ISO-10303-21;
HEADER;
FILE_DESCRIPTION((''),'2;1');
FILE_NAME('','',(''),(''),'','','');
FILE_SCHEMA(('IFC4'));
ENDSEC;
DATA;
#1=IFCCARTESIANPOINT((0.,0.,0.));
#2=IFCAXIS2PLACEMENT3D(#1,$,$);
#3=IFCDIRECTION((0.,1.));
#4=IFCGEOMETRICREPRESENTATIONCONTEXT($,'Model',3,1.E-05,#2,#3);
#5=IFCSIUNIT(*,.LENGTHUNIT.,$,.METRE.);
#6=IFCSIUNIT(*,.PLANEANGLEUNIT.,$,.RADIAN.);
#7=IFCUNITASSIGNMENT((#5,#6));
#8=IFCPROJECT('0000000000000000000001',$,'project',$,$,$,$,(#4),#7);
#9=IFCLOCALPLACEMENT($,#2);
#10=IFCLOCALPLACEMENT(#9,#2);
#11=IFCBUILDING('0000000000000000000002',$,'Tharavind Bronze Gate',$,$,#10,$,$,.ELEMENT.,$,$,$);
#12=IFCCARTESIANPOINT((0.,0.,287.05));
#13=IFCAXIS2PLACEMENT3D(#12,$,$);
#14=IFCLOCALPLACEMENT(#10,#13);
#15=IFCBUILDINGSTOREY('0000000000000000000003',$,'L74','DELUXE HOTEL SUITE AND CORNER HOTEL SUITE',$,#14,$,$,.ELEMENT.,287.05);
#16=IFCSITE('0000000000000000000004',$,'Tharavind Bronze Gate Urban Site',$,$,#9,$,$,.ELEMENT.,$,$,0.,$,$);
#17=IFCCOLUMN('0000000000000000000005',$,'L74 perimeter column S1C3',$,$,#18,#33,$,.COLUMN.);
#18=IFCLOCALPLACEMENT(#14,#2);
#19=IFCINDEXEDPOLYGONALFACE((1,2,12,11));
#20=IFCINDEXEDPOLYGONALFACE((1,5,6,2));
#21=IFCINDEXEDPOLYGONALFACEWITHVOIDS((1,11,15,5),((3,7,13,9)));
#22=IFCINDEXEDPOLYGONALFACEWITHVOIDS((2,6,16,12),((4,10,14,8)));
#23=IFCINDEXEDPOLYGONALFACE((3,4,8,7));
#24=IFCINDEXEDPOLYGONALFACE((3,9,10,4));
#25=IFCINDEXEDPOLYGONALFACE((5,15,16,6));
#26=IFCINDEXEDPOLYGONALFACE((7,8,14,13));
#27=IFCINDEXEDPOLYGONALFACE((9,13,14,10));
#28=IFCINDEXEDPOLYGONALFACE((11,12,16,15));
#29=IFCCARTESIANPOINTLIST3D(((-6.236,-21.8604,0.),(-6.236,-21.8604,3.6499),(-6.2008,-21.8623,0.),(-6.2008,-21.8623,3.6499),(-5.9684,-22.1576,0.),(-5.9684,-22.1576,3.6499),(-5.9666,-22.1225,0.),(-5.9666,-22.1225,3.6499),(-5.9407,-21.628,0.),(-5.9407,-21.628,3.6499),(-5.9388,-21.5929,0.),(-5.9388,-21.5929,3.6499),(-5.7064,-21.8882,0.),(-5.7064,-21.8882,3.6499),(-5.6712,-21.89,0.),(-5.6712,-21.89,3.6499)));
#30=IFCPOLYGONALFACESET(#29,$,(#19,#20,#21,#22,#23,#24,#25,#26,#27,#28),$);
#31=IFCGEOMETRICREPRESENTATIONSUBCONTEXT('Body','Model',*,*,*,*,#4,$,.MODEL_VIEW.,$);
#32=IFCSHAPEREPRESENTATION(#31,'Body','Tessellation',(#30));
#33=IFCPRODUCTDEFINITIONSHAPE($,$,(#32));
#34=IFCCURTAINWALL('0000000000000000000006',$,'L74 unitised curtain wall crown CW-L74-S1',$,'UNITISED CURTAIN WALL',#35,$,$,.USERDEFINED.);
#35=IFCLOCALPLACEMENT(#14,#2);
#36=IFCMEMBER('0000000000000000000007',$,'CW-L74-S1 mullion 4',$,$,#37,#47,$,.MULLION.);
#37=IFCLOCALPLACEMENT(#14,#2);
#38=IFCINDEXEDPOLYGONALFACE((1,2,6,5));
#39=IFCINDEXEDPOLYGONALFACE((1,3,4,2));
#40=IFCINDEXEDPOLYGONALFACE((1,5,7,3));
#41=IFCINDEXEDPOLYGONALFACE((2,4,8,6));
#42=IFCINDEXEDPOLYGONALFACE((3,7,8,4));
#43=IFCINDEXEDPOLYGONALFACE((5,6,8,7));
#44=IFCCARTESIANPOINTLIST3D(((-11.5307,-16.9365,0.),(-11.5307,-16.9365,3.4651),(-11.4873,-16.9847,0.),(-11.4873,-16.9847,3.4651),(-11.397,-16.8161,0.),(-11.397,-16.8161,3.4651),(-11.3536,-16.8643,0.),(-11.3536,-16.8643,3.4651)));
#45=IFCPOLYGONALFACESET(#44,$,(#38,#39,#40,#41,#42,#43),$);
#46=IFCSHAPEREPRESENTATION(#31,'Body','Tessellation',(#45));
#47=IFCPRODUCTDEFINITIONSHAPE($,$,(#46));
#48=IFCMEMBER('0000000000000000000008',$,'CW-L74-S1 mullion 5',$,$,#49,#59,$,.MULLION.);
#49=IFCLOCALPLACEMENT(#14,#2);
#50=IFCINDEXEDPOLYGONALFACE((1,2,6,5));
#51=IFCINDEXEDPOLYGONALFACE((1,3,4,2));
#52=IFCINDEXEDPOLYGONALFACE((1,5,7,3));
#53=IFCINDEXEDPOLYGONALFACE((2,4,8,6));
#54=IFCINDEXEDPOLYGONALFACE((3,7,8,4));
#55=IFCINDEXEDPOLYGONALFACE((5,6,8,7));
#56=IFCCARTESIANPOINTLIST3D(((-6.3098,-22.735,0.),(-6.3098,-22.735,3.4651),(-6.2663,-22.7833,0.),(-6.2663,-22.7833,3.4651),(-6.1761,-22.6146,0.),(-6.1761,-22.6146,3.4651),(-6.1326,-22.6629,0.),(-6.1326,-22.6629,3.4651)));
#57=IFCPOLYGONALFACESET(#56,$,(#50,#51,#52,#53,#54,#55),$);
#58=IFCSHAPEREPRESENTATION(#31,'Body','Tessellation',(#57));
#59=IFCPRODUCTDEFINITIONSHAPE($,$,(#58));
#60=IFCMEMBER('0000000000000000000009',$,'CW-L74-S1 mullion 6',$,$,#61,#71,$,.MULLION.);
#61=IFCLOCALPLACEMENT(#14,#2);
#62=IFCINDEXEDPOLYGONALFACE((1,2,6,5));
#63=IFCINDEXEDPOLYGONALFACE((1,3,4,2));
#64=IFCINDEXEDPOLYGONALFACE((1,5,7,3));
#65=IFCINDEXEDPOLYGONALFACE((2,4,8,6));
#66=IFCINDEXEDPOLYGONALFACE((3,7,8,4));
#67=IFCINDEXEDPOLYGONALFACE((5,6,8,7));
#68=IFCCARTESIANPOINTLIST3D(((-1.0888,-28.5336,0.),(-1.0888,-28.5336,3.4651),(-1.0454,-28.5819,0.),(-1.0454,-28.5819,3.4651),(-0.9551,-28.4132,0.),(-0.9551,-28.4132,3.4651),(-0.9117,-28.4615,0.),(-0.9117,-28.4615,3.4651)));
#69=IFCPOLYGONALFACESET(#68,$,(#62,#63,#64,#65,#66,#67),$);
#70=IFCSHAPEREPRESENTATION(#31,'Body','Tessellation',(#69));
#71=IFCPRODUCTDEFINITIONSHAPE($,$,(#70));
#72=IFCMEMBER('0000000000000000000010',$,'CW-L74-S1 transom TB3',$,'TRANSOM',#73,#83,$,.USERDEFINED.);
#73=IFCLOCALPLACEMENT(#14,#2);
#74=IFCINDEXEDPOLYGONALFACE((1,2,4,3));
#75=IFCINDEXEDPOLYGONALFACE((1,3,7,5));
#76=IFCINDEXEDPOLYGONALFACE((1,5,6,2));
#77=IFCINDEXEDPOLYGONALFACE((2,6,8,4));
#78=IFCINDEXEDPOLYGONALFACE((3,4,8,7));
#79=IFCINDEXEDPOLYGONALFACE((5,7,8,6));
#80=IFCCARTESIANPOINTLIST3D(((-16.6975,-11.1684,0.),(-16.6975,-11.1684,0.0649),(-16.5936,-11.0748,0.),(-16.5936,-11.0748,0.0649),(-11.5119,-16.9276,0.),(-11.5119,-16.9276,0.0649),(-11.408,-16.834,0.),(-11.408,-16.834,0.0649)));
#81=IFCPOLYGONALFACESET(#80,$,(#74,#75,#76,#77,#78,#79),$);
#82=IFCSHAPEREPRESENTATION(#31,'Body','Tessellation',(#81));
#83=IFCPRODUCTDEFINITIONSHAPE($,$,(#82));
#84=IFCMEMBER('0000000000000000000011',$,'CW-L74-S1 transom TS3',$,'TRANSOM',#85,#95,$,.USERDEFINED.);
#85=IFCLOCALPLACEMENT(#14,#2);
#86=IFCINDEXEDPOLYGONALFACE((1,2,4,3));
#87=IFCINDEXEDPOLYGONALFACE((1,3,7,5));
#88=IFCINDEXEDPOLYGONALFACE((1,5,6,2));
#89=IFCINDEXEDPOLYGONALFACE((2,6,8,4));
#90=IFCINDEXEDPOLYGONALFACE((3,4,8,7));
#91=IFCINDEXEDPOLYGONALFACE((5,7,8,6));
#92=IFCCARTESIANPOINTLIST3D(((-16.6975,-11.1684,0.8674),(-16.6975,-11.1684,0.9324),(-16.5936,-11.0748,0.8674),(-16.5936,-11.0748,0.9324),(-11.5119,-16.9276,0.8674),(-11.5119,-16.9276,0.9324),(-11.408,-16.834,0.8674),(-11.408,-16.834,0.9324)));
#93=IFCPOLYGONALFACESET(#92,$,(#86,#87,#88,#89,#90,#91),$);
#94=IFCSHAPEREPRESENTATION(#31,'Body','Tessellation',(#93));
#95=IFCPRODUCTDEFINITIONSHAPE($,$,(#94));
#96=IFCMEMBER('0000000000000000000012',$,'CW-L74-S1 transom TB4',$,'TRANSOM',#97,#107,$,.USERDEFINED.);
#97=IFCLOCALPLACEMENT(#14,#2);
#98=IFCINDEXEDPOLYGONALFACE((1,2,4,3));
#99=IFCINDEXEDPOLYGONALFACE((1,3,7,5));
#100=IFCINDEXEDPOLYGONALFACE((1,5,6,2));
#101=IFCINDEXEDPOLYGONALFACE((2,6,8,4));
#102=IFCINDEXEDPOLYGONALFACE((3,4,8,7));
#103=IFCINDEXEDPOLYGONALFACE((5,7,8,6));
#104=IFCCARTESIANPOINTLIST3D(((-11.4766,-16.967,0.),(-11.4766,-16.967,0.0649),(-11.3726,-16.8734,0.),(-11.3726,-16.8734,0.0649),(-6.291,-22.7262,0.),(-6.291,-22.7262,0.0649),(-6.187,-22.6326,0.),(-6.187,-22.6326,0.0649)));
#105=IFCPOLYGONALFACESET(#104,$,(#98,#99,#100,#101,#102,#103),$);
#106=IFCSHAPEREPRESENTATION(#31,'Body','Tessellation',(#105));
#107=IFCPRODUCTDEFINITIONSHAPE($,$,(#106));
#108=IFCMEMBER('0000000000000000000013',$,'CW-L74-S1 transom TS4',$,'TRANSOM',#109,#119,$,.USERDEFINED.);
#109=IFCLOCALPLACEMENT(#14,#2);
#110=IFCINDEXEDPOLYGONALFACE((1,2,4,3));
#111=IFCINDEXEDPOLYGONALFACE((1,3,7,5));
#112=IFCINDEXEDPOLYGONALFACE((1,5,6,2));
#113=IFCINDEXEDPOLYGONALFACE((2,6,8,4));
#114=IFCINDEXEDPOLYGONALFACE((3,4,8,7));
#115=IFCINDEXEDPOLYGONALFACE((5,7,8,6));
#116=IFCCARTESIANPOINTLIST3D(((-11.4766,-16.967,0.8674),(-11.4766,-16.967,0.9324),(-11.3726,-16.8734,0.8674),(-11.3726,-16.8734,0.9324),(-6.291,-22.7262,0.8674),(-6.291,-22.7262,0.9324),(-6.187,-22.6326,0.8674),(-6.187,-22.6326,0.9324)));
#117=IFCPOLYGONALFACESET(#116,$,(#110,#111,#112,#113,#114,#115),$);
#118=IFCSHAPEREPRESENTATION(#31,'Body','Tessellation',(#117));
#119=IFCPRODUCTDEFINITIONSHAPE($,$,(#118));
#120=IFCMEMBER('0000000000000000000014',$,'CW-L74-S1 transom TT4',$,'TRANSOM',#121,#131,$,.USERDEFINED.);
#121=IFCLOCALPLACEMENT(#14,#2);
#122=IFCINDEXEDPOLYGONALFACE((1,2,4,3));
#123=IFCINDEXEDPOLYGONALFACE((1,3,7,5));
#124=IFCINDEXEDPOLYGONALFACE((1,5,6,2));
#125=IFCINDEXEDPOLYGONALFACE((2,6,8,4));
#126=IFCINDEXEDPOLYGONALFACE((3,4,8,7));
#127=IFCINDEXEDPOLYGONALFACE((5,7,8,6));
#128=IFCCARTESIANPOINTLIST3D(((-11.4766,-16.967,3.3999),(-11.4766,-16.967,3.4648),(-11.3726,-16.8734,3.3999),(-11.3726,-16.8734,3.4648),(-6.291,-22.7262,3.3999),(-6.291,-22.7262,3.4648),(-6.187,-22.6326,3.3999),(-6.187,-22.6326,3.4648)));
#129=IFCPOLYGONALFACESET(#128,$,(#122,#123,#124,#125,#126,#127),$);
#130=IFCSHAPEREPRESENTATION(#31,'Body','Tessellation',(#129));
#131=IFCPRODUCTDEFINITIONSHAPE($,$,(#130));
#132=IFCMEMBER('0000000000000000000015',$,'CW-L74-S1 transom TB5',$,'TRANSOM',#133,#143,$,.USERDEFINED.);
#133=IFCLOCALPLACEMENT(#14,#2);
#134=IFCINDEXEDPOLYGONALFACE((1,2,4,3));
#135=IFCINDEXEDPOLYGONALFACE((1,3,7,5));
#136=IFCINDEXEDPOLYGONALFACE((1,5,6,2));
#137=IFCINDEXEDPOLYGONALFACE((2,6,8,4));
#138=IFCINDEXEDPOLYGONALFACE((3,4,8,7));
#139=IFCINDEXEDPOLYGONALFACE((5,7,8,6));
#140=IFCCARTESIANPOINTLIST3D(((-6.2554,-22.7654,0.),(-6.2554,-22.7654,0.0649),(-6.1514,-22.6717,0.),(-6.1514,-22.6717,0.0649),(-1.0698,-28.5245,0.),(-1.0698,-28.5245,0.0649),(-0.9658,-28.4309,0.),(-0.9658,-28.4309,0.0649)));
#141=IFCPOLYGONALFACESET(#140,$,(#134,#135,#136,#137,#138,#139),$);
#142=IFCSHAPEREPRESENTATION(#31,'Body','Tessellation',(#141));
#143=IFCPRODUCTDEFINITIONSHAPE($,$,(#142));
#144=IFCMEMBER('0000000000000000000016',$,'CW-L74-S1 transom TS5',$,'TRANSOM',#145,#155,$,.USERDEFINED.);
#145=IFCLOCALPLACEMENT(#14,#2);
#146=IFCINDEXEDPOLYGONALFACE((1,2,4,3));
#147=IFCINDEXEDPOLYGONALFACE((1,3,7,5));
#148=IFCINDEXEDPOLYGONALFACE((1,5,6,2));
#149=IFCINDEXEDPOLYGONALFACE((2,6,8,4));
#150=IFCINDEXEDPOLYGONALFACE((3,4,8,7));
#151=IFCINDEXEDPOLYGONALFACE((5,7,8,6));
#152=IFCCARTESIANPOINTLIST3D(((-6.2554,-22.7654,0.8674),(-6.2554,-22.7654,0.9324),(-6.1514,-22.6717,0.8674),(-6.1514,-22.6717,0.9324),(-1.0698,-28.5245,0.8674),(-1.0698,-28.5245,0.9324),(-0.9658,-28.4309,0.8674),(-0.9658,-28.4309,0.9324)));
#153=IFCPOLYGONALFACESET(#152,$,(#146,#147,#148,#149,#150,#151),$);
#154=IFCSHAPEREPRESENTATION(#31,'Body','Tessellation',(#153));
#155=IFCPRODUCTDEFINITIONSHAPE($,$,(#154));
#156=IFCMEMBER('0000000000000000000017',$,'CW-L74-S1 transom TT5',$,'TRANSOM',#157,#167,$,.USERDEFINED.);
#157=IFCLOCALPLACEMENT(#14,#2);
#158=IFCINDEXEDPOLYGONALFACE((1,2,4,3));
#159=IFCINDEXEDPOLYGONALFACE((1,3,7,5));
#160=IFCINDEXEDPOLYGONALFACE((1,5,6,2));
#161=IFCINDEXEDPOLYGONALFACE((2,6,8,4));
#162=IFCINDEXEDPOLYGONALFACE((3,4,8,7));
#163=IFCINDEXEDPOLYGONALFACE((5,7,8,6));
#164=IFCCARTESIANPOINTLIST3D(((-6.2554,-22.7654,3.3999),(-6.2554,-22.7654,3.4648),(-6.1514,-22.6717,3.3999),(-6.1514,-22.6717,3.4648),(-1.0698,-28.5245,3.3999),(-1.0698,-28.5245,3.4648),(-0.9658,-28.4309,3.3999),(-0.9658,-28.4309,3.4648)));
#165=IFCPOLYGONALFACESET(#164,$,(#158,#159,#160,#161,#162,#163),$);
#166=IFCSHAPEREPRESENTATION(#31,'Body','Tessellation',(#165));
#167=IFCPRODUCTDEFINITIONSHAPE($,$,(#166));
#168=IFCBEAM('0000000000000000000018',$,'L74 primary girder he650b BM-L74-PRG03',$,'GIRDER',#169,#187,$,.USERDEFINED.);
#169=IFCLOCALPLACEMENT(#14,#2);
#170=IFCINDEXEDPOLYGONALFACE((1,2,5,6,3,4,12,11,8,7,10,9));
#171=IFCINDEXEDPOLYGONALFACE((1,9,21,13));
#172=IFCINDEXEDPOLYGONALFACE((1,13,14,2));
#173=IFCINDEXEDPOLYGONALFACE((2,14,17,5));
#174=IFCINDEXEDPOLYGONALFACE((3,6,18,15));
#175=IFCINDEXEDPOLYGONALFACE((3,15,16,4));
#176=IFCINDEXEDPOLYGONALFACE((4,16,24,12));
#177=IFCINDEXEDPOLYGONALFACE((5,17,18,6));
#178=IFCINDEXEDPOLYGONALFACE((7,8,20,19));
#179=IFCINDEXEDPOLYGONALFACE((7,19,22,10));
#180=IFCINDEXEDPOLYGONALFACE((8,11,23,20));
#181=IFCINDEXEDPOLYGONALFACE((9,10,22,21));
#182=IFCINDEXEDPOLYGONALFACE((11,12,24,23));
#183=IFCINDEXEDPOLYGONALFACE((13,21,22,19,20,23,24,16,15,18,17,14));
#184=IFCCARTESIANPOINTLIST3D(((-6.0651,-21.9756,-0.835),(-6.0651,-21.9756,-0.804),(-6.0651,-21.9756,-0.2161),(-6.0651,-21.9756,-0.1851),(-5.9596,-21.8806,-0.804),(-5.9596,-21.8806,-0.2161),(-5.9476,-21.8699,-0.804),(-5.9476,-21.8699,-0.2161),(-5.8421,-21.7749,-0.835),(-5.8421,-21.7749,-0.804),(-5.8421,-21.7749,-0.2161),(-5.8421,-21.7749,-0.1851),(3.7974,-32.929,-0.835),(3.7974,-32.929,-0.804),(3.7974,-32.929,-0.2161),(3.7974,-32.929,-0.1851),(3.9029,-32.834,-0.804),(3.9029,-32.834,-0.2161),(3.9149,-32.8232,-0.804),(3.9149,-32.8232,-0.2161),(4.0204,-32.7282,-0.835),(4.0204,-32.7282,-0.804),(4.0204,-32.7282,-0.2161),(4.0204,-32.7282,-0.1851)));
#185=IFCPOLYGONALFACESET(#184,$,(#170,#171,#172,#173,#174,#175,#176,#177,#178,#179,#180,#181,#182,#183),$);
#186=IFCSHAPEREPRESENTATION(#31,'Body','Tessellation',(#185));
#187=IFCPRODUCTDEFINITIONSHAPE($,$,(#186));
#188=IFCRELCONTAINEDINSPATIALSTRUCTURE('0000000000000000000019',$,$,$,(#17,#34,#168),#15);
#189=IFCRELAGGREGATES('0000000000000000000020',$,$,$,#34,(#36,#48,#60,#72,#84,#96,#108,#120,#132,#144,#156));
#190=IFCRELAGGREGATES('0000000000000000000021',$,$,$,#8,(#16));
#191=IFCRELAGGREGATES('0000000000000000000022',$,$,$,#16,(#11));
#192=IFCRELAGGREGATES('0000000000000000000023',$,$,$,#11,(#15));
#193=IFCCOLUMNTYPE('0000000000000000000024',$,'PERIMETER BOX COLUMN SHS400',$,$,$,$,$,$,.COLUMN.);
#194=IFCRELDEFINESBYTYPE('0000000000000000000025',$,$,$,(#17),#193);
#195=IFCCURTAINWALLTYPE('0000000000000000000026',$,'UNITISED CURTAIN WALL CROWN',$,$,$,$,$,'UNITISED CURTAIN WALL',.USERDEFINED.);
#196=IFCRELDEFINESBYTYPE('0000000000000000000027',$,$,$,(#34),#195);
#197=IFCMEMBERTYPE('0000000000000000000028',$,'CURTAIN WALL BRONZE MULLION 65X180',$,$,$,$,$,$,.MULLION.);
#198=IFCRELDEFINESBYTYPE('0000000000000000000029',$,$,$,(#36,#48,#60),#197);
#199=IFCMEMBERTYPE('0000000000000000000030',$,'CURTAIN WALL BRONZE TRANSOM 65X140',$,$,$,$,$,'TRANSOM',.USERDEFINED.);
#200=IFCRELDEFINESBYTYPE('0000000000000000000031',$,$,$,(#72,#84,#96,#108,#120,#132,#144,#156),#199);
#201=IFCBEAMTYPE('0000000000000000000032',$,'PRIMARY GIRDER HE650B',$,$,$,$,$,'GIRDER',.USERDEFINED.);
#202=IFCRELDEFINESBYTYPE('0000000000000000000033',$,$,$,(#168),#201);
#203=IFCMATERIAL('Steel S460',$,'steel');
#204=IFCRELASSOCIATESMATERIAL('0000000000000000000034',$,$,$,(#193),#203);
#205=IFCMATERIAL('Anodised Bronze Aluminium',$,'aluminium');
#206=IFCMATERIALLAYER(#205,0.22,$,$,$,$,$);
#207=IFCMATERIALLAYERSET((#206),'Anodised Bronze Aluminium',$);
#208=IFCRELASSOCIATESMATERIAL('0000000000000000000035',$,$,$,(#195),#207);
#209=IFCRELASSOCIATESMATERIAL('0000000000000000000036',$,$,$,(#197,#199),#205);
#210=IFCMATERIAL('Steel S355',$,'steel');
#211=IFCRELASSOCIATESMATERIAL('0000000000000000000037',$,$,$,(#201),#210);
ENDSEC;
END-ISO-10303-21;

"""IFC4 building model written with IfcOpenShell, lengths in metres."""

from ifc_helpers import new_model, si_unit, direction, frame, origin, origin_2d, place, context, subcontext, project, spatial, rectangle, hollow_rectangle, i_section, extrude, material, layer, layer_set, material_profile, profile_set, type_object, element, aggregate, save


model = new_model("IFC4")

# Units and contexts
model_context = context("Model", 3, precision=1e-05, world=origin(), true_north=direction((0.0, 1.0)))
body_context = subcontext(model_context, "Body", "Model", "MODEL_VIEW")
ifc_project = project(units=[si_unit("LENGTHUNIT", "METRE"), si_unit("PLANEANGLEUNIT", "RADIAN")], contexts=[model_context])

# Site, building, storey
site_placement = place(None, origin())
site = spatial("IfcSite", under=ifc_project, at=site_placement, Name="Tharavind Bronze Gate Urban Site", CompositionType="ELEMENT", RefElevation=0.0)
building_placement = place(site_placement, origin())
building = spatial("IfcBuilding", under=site, at=building_placement, Name="Tharavind Bronze Gate", CompositionType="ELEMENT")
storey_placement = place(building_placement, frame((0.0, 0.0, 287.05)))
storey = spatial("IfcBuildingStorey", under=building, at=storey_placement, Name="L74", Description="DELUXE HOTEL SUITE AND CORNER HOTEL SUITE", CompositionType="ELEMENT", Elevation=287.05)

# Column
ifc_material_1 = material(Name="Steel S460", Category="steel")
ifc_material_profile_1 = material_profile(ifc_material_1, hollow_rectangle(XDim=0.3999, YDim=0.3999, WallThickness=0.0249, at=origin_2d()), Name="SHS400X25")
ifc_profile_set_1 = profile_set([ifc_material_profile_1], Name="Steel S460")
column_type = type_object("IfcColumnType", Name="PERIMETER BOX COLUMN SHS400", PredefinedType="COLUMN", material=ifc_profile_set_1)
column_placement = place(storey_placement, frame((-5.9536, -21.8752, 0.0), z_axis=(0.0, 0.0, 1.0), x_axis=(-0.669131, 0.743145, 0.0)))
element("IfcColumn", 1, at=column_placement, inside=storey, type_object=column_type, Name="L74 perimeter column S1C3", PredefinedType="COLUMN", context=body_context, shape_type="SweptSolid", body=[
    extrude(hollow_rectangle(XDim=0.3999, YDim=0.3999, WallThickness=0.0249, at=origin_2d()), origin(), (0.0, 0.0, 1.0), 3.6499),
])

# Curtain wall, members
ifc_material_2 = material(Name="Anodised Bronze Aluminium", Category="aluminium")
ifc_layer_1 = layer(ifc_material_2, 0.22)
ifc_layer_set_1 = layer_set([ifc_layer_1], Name="Anodised Bronze Aluminium")
curtain_wall_type = type_object("IfcCurtainWallType", Name="UNITISED CURTAIN WALL CROWN", ElementType="UNITISED CURTAIN WALL", PredefinedType="USERDEFINED", material=ifc_layer_set_1)
curtain_wall_placement = place(storey_placement, origin())
curtain_wall = element("IfcCurtainWall", 2, at=curtain_wall_placement, inside=storey, type_object=curtain_wall_type, Name="L74 unitised curtain wall crown CW-L74-S1", ObjectType="UNITISED CURTAIN WALL", PredefinedType="USERDEFINED")
member_type_1 = type_object("IfcMemberType", Name="CURTAIN WALL BRONZE MULLION 65X180", PredefinedType="MULLION", material=ifc_material_2)
member_1_placement = place(storey_placement, frame((-11.4421, -16.9004, 0.0), z_axis=(0.0, 0.0, 1.0), x_axis=(0.669131, -0.743145, 0.0)))
member_1 = element("IfcMember", 3, at=member_1_placement, type_object=member_type_1, Name="CW-L74-S1 mullion 4", PredefinedType="MULLION", context=body_context, shape_type="SweptSolid", body=[
    extrude(rectangle(XDim=0.0649, YDim=0.1799, at=origin_2d()), origin(), (0.0, 0.0, 1.0), 3.4651),
])
member_2_placement = place(storey_placement, frame((-6.2212, -22.699, 0.0), z_axis=(0.0, 0.0, 1.0), x_axis=(0.669131, -0.743145, 0.0)))
member_2 = element("IfcMember", 4, at=member_2_placement, type_object=member_type_1, Name="CW-L74-S1 mullion 5", PredefinedType="MULLION", context=body_context, shape_type="SweptSolid", body=[
    extrude(rectangle(XDim=0.0649, YDim=0.1799, at=origin_2d()), origin(), (0.0, 0.0, 1.0), 3.4651),
])
member_3_placement = place(storey_placement, frame((-1.0002, -28.4976, 0.0), z_axis=(0.0, 0.0, 1.0), x_axis=(0.669131, -0.743145, 0.0)))
member_3 = element("IfcMember", 5, at=member_3_placement, type_object=member_type_1, Name="CW-L74-S1 mullion 6", PredefinedType="MULLION", context=body_context, shape_type="SweptSolid", body=[
    extrude(rectangle(XDim=0.0649, YDim=0.1799, at=origin_2d()), origin(), (0.0, 0.0, 1.0), 3.4651),
])
member_type_2 = type_object("IfcMemberType", Name="CURTAIN WALL BRONZE TRANSOM 65X140", ElementType="TRANSOM", PredefinedType="USERDEFINED", material=ifc_material_2)
member_4_placement = place(storey_placement, frame((-14.0527, -14.0012, 0.0), z_axis=(0.0, 0.0, 1.0), x_axis=(0.669131, -0.743145, 0.0)))
member_4 = element("IfcMember", 6, at=member_4_placement, type_object=member_type_2, Name="CW-L74-S1 transom TB3", ObjectType="TRANSOM", PredefinedType="USERDEFINED", context=body_context, shape_type="SweptSolid", body=[
    extrude(rectangle(XDim=7.7498, YDim=0.1399, at=origin_2d()), origin(), (0.0, 0.0, 1.0), 0.0649),
])
member_5_placement = place(storey_placement, frame((-14.0527, -14.0012, 0.8674), z_axis=(0.0, 0.0, 1.0), x_axis=(0.669131, -0.743145, 0.0)))
member_5 = element("IfcMember", 7, at=member_5_placement, type_object=member_type_2, Name="CW-L74-S1 transom TS3", ObjectType="TRANSOM", PredefinedType="USERDEFINED", context=body_context, shape_type="SweptSolid", body=[
    extrude(rectangle(XDim=7.7498, YDim=0.1399, at=origin_2d()), origin(), (0.0, 0.0, 1.0), 0.0649),
])
member_6_placement = place(storey_placement, frame((-8.8318, -19.7998, 0.0), z_axis=(0.0, 0.0, 1.0), x_axis=(0.669131, -0.743145, 0.0)))
member_6 = element("IfcMember", 8, at=member_6_placement, type_object=member_type_2, Name="CW-L74-S1 transom TB4", ObjectType="TRANSOM", PredefinedType="USERDEFINED", context=body_context, shape_type="SweptSolid", body=[
    extrude(rectangle(XDim=7.7498, YDim=0.1399, at=origin_2d()), origin(), (0.0, 0.0, 1.0), 0.0649),
])
member_7_placement = place(storey_placement, frame((-8.8318, -19.7998, 0.8674), z_axis=(0.0, 0.0, 1.0), x_axis=(0.669131, -0.743145, 0.0)))
member_7 = element("IfcMember", 9, at=member_7_placement, type_object=member_type_2, Name="CW-L74-S1 transom TS4", ObjectType="TRANSOM", PredefinedType="USERDEFINED", context=body_context, shape_type="SweptSolid", body=[
    extrude(rectangle(XDim=7.7498, YDim=0.1399, at=origin_2d()), origin(), (0.0, 0.0, 1.0), 0.0649),
])
member_8_placement = place(storey_placement, frame((-8.8318, -19.7998, 3.3999), z_axis=(0.0, 0.0, 1.0), x_axis=(0.669131, -0.743145, 0.0)))
member_8 = element("IfcMember", 10, at=member_8_placement, type_object=member_type_2, Name="CW-L74-S1 transom TT4", ObjectType="TRANSOM", PredefinedType="USERDEFINED", context=body_context, shape_type="SweptSolid", body=[
    extrude(rectangle(XDim=7.7498, YDim=0.1399, at=origin_2d()), origin(), (0.0, 0.0, 1.0), 0.0649),
])
member_9_placement = place(storey_placement, frame((-3.6106, -25.5981, 0.0), z_axis=(0.0, 0.0, 1.0), x_axis=(0.669131, -0.743145, 0.0)))
member_9 = element("IfcMember", 11, at=member_9_placement, type_object=member_type_2, Name="CW-L74-S1 transom TB5", ObjectType="TRANSOM", PredefinedType="USERDEFINED", context=body_context, shape_type="SweptSolid", body=[
    extrude(rectangle(XDim=7.7498, YDim=0.1399, at=origin_2d()), origin(), (0.0, 0.0, 1.0), 0.0649),
])
member_10_placement = place(storey_placement, frame((-3.6106, -25.5981, 0.8674), z_axis=(0.0, 0.0, 1.0), x_axis=(0.669131, -0.743145, 0.0)))
member_10 = element("IfcMember", 12, at=member_10_placement, type_object=member_type_2, Name="CW-L74-S1 transom TS5", ObjectType="TRANSOM", PredefinedType="USERDEFINED", context=body_context, shape_type="SweptSolid", body=[
    extrude(rectangle(XDim=7.7498, YDim=0.1399, at=origin_2d()), origin(), (0.0, 0.0, 1.0), 0.0649),
])
member_11_placement = place(storey_placement, frame((-3.6106, -25.5981, 3.3999), z_axis=(0.0, 0.0, 1.0), x_axis=(0.669131, -0.743145, 0.0)))
member_11 = element("IfcMember", 13, at=member_11_placement, type_object=member_type_2, Name="CW-L74-S1 transom TT5", ObjectType="TRANSOM", PredefinedType="USERDEFINED", context=body_context, shape_type="SweptSolid", body=[
    extrude(rectangle(XDim=7.7498, YDim=0.1399, at=origin_2d()), origin(), (0.0, 0.0, 1.0), 0.0649),
])

# Beam
ifc_material_3 = material(Name="Steel S355", Category="steel")
ifc_material_profile_2 = material_profile(ifc_material_3, i_section(OverallWidth=0.3, OverallDepth=0.6499, WebThickness=0.0161, FlangeThickness=0.031, at=origin_2d()), Name="HE650B")
ifc_profile_set_2 = profile_set([ifc_material_profile_2], Name="Steel S355")
beam_type_1 = type_object("IfcBeamType", Name="PRIMARY GIRDER HE650B", ElementType="GIRDER", PredefinedType="USERDEFINED", material=ifc_profile_set_2)
beam_1_placement = place(storey_placement, frame((-5.9536, -21.8752, -0.51), z_axis=(0.669134, -0.743142, 0.0), x_axis=(0.743142, 0.669134, 0.0)))
element("IfcBeam", 14, at=beam_1_placement, inside=storey, type_object=beam_type_1, Name="L74 primary girder he650b BM-L74-PRG03", ObjectType="GIRDER", PredefinedType="USERDEFINED", context=body_context, shape_type="SweptSolid", body=[
    extrude(i_section(OverallWidth=0.3, OverallDepth=0.6499, WebThickness=0.0161, FlangeThickness=0.031, at=origin_2d()), origin(), (0.0, 0.0, 1.0), 14.7393),
])

aggregate(curtain_wall, [member_1, member_2, member_3, member_4, member_5, member_6, member_7, member_8, member_9, member_10, member_11])

save(model, "model.ifc")
